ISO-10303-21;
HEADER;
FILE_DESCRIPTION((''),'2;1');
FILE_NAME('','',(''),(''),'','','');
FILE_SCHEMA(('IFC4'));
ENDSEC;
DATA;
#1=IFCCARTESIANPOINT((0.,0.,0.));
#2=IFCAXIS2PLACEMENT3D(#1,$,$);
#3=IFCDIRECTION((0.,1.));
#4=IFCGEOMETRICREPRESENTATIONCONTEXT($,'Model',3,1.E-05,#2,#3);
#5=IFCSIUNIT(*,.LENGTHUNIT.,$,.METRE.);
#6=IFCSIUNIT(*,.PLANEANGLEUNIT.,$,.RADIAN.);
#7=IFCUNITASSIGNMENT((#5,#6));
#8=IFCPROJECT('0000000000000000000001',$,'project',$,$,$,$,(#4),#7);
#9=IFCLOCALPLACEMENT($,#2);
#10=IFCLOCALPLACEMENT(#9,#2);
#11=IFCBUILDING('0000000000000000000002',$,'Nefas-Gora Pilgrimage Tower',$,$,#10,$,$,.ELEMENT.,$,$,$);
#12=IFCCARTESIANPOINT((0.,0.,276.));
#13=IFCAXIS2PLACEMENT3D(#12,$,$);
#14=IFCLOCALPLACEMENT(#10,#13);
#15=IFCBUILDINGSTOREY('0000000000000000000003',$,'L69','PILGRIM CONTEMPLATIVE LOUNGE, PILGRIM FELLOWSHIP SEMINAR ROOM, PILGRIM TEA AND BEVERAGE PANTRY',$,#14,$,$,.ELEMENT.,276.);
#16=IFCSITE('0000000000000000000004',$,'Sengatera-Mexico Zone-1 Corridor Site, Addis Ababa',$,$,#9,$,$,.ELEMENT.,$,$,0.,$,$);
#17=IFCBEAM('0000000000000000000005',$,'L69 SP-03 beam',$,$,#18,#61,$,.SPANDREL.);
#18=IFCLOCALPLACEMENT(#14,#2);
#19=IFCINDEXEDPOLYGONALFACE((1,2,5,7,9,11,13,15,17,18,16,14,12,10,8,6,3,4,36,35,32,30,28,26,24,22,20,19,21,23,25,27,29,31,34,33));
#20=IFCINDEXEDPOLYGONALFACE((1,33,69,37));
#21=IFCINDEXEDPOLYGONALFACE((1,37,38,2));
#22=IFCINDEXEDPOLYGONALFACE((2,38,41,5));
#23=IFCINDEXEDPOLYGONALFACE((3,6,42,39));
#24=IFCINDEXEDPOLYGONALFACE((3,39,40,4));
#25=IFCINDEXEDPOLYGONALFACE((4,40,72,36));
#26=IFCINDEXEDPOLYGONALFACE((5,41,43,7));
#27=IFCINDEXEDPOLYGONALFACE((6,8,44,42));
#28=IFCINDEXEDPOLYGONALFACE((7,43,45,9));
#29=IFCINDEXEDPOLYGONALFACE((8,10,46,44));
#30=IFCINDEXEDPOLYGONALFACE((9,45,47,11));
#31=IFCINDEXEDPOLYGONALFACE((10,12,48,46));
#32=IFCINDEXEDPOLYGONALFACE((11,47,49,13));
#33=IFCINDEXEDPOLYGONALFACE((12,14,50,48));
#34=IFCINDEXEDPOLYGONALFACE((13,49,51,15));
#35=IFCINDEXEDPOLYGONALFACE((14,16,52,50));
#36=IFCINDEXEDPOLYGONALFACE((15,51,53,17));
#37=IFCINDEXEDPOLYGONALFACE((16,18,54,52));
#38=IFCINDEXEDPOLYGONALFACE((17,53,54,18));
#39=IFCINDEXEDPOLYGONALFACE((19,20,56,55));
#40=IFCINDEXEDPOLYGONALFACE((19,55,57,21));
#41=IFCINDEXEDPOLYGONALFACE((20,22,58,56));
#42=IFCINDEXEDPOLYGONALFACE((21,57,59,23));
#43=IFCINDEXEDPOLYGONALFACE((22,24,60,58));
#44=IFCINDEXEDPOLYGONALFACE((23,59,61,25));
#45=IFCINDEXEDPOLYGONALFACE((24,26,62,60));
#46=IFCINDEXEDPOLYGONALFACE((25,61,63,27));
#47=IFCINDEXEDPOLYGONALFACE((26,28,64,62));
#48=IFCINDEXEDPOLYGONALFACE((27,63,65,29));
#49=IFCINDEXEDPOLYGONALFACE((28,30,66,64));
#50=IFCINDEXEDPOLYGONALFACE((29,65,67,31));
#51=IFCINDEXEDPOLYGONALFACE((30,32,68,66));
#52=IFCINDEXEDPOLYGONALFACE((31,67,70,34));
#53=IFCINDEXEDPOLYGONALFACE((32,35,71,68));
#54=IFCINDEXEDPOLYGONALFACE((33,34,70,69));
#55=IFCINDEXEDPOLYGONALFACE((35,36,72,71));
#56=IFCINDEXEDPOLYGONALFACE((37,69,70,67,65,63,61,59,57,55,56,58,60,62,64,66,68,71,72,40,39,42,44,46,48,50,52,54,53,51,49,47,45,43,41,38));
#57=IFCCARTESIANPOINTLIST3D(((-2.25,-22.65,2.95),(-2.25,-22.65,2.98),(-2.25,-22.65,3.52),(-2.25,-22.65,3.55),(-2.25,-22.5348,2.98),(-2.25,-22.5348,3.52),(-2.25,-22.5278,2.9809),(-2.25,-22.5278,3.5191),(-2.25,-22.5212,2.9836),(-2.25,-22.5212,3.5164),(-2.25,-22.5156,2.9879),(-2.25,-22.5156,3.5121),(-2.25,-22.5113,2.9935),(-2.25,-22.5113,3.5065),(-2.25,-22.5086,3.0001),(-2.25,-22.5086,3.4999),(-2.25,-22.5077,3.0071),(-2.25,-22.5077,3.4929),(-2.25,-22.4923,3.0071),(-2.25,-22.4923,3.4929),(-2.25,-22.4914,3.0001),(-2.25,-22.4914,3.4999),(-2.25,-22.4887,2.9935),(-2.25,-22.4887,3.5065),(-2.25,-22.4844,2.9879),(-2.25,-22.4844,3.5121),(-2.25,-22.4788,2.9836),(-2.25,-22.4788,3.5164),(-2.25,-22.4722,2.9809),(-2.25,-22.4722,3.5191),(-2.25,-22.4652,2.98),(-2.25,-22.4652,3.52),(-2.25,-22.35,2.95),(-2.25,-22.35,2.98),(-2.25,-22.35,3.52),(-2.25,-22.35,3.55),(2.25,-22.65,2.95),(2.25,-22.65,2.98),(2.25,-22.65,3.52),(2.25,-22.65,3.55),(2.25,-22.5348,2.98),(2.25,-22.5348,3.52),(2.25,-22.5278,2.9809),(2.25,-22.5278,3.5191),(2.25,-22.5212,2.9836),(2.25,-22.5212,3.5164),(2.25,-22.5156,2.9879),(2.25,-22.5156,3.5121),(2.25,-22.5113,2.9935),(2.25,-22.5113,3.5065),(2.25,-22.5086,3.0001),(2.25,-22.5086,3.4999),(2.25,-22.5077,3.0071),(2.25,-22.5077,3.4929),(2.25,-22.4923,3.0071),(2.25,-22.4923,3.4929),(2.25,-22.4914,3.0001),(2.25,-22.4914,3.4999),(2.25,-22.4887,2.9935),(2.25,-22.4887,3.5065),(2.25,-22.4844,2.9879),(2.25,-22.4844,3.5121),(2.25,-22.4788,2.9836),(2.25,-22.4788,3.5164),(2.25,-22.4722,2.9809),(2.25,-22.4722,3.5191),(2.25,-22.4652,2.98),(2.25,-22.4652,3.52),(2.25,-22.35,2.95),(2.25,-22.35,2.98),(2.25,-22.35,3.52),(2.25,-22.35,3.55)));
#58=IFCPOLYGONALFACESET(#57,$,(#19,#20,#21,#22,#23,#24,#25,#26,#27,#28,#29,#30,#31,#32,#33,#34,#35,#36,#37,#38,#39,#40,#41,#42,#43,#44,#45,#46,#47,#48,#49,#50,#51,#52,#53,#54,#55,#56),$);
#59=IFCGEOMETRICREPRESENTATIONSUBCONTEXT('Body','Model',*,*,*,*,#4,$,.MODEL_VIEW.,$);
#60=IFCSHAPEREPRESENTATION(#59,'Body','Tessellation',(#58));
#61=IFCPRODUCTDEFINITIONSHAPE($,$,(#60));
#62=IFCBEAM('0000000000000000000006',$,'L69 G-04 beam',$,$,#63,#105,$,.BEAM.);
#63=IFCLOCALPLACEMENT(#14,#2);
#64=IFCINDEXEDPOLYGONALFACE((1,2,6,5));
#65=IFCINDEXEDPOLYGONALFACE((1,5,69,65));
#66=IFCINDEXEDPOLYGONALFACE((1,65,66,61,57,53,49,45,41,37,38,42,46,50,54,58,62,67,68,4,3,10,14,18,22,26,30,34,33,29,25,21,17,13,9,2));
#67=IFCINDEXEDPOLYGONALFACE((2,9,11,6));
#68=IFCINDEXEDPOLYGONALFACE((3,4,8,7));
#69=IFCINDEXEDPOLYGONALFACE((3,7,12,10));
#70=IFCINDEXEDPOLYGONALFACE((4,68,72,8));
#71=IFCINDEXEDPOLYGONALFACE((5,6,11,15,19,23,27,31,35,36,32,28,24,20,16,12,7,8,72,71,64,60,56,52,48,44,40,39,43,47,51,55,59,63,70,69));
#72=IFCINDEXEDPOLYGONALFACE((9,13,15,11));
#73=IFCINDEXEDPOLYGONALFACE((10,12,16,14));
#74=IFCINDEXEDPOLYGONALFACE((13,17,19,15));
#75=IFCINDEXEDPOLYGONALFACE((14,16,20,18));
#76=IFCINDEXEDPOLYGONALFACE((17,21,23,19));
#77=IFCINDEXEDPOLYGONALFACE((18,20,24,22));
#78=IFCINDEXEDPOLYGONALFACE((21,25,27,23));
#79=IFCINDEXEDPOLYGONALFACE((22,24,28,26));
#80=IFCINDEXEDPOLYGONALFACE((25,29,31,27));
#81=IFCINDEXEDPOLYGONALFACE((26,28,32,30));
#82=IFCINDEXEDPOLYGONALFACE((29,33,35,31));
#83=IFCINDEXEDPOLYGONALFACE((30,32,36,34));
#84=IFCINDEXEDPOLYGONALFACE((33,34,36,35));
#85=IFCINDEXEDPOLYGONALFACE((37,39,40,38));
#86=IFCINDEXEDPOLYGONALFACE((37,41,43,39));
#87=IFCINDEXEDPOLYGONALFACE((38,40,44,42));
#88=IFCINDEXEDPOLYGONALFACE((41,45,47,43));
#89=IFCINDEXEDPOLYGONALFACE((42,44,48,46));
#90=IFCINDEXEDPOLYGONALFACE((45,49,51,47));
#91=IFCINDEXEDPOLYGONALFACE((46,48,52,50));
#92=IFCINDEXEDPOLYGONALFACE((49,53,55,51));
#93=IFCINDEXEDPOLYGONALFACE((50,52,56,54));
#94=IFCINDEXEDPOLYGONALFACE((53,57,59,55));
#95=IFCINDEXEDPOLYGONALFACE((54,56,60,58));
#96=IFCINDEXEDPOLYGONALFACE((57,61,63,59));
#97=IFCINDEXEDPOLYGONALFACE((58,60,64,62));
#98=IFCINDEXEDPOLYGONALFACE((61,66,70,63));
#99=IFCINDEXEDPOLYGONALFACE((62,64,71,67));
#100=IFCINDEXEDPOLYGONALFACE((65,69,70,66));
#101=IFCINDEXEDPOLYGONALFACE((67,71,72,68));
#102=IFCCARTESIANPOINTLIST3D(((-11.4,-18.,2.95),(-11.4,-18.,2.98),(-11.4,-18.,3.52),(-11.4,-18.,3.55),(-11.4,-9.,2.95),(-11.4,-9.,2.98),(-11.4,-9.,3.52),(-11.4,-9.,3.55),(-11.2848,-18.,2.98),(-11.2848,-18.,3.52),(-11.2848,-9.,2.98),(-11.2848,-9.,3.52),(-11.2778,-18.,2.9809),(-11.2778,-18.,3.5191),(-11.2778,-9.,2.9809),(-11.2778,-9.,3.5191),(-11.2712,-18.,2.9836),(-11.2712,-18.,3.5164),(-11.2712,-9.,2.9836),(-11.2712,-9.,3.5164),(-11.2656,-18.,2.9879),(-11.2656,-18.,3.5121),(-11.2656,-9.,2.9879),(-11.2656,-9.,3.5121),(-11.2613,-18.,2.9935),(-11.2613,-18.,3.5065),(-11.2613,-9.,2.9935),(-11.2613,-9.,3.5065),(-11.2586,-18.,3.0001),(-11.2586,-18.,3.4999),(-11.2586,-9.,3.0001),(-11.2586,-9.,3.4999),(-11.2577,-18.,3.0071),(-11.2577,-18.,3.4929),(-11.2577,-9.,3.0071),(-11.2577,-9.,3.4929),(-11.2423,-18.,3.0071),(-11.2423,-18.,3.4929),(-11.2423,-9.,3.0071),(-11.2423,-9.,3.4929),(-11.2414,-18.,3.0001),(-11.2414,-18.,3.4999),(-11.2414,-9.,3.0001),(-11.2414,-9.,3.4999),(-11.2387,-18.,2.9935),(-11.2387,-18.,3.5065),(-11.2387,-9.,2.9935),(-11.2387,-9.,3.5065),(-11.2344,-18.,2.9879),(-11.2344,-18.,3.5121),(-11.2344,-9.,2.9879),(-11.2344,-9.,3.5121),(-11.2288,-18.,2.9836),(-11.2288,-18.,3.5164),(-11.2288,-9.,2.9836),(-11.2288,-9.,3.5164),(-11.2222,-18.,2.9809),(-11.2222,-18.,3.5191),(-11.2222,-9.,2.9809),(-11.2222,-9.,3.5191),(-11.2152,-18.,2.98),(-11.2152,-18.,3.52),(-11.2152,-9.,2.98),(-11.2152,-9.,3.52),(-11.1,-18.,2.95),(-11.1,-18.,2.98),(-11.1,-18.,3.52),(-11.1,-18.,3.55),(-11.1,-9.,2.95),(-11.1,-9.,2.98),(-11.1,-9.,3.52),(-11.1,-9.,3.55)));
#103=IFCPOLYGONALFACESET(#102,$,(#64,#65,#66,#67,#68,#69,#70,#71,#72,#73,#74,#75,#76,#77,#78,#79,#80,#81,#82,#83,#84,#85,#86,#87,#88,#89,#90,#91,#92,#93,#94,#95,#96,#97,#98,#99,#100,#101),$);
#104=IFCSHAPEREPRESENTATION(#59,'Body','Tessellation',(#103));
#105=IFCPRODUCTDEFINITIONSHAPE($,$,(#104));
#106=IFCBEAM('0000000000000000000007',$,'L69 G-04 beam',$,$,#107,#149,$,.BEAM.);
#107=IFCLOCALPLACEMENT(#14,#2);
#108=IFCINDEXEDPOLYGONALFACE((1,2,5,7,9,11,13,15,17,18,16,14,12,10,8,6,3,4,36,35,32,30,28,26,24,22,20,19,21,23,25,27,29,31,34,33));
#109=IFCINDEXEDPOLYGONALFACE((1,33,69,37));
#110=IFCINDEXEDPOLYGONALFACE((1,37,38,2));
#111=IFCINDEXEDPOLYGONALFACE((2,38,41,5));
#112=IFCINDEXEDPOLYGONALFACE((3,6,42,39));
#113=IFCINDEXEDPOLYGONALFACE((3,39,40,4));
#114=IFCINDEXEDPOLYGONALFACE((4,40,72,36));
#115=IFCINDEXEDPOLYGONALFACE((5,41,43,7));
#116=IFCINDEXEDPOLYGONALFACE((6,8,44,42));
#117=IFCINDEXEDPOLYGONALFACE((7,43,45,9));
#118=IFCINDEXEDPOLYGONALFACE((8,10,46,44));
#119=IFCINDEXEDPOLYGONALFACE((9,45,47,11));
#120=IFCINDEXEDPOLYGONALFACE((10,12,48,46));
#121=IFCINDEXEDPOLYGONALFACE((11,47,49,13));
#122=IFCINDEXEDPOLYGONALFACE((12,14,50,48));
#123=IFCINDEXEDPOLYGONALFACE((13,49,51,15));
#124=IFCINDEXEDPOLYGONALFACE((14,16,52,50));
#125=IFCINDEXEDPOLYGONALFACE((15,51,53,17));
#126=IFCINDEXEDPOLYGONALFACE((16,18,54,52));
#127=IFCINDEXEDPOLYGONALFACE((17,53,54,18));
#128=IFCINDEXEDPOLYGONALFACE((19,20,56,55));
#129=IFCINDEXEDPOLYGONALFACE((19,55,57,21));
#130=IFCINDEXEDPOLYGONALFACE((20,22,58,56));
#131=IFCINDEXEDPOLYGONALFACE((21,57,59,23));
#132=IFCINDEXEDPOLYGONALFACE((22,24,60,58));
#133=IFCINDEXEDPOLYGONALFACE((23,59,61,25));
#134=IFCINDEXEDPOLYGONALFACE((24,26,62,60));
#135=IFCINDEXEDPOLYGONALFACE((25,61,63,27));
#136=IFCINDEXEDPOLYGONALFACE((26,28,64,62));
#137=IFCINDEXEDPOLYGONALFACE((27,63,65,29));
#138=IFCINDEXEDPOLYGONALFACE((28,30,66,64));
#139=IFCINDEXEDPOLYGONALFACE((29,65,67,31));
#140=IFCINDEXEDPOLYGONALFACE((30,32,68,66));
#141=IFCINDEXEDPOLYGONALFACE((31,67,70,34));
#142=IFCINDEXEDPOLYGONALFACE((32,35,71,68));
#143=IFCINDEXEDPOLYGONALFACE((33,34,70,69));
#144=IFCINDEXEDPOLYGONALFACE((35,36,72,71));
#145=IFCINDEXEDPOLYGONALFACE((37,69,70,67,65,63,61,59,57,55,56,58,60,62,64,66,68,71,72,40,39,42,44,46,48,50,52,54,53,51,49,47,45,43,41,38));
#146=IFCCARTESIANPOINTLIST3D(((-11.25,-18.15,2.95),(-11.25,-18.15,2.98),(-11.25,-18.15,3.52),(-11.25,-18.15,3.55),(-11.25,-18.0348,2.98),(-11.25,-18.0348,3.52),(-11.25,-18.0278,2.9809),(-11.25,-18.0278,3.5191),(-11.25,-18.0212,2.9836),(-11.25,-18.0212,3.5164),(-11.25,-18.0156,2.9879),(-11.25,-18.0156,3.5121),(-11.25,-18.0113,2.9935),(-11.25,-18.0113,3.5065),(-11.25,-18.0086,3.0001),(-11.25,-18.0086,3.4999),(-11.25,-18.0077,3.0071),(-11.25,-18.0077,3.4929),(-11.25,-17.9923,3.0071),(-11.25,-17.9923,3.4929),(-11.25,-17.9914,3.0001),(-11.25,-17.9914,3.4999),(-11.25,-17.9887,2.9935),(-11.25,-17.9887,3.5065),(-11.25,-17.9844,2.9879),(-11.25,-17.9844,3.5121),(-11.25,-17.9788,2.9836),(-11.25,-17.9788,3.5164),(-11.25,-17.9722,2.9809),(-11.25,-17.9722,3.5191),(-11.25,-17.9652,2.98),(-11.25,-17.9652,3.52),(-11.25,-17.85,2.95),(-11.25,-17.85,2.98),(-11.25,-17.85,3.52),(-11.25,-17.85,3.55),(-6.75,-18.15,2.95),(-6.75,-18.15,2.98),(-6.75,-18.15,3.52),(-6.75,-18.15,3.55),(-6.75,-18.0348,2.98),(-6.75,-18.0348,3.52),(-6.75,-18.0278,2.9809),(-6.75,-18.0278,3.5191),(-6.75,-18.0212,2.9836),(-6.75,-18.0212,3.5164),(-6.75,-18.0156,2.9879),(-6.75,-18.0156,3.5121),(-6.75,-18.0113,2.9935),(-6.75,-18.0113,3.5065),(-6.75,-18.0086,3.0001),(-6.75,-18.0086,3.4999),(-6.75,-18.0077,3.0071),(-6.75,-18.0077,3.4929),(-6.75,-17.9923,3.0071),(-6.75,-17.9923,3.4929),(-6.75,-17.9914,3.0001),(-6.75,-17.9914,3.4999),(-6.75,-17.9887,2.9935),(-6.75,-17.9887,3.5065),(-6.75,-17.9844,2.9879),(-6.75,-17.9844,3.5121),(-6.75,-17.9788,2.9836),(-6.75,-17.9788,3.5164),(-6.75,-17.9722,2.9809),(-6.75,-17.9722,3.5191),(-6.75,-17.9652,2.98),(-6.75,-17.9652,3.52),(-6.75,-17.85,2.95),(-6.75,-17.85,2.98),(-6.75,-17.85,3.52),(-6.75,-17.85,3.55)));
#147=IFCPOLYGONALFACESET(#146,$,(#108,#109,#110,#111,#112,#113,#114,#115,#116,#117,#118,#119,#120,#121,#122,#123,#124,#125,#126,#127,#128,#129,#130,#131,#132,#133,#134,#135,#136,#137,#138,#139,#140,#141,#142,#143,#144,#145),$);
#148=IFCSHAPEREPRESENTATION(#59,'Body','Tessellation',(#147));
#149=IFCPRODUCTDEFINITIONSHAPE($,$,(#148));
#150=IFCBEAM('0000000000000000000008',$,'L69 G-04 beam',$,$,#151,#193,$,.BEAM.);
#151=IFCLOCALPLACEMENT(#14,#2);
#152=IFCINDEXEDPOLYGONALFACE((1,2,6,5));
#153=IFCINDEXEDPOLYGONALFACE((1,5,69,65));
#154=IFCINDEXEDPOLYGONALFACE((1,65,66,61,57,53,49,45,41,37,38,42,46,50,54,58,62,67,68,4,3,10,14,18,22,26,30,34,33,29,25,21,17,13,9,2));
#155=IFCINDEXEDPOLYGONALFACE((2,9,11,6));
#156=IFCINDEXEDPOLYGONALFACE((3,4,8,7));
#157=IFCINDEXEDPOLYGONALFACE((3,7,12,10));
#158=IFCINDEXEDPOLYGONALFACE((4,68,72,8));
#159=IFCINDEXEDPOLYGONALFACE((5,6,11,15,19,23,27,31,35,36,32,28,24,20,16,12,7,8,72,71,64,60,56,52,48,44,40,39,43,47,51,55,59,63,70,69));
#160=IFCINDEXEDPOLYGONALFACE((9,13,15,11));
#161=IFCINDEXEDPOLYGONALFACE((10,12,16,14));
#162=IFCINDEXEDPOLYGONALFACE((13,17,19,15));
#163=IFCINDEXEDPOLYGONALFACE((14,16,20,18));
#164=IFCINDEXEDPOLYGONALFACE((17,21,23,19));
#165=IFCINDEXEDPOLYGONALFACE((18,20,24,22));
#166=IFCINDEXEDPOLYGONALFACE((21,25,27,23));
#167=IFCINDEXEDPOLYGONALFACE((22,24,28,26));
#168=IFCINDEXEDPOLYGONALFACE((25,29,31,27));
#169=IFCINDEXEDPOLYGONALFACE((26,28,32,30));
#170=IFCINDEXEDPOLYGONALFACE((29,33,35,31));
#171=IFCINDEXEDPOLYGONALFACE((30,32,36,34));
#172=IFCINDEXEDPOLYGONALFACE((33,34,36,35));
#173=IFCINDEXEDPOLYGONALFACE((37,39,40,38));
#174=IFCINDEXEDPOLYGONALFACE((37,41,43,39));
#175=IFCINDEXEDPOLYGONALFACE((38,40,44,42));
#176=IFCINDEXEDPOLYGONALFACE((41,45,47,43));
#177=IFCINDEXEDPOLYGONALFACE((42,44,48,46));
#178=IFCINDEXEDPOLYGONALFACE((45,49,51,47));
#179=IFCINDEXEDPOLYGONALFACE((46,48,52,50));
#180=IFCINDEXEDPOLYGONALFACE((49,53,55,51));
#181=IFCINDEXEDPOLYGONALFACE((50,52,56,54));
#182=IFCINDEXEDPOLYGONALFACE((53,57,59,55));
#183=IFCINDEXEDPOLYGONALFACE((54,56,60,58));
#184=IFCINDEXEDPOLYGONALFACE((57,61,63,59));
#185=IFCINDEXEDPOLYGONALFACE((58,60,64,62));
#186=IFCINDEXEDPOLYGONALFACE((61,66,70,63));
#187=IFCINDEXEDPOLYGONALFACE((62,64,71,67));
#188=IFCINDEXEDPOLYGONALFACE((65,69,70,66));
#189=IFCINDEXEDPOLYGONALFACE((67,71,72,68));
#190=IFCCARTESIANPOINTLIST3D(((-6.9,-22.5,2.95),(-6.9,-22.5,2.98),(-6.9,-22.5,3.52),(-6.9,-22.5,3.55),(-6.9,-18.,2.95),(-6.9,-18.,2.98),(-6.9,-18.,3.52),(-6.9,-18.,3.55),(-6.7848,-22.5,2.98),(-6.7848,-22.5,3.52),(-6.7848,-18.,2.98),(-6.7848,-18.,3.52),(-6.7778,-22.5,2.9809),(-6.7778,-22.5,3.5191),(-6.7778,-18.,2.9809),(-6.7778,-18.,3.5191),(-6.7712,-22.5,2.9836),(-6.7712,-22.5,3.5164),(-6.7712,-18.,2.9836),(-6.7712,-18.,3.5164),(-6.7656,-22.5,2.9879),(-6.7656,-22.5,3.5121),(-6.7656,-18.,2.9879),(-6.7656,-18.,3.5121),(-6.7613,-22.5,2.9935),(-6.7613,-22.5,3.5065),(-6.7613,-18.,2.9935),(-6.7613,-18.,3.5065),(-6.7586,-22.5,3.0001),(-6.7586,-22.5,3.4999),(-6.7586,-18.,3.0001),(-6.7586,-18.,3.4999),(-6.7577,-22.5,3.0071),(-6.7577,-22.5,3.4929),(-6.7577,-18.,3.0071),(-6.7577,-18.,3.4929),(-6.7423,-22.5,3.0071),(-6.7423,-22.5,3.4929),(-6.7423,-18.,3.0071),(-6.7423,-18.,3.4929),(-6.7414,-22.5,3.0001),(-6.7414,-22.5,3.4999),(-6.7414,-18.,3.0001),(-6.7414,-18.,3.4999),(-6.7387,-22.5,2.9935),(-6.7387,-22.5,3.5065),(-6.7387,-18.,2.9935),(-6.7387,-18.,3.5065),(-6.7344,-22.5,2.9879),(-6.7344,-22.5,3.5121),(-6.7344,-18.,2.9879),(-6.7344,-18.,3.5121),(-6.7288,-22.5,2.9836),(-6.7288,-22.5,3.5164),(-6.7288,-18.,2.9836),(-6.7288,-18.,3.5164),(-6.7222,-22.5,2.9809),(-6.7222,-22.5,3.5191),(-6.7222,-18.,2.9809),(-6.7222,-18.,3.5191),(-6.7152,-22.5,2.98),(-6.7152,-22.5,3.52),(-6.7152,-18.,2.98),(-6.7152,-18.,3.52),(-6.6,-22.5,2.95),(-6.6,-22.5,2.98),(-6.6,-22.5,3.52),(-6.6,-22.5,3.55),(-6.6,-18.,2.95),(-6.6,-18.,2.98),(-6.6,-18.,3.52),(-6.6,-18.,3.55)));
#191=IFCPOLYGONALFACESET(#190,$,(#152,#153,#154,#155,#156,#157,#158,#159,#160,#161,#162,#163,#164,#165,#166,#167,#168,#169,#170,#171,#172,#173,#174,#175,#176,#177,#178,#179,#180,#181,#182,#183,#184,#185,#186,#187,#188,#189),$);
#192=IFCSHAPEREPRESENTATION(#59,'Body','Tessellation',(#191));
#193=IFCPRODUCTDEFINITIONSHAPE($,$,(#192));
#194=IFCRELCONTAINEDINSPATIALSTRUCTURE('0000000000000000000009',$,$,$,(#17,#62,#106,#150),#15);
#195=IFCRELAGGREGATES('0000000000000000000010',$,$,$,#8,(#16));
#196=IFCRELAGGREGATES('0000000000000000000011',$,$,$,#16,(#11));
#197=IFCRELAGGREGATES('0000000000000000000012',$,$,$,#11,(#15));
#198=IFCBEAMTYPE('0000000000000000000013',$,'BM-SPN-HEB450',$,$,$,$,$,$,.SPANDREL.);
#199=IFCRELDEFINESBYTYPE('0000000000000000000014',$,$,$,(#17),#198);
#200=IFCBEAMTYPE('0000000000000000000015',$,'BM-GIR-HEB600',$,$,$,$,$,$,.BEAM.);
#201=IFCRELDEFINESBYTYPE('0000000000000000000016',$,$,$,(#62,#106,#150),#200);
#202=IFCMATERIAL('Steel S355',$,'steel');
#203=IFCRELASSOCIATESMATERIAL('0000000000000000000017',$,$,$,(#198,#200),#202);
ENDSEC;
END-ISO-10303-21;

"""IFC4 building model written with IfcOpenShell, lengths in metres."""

from ifc_helpers import new_model, si_unit, direction, frame, origin, origin_2d, place, context, subcontext, project, spatial, i_section, extrude, source, transform, mapped, material, material_profile, profile_set, type_object, element, save


model = new_model("IFC4")

# Units and contexts
model_context = context("Model", 3, precision=1e-05, world=origin(), true_north=direction((0.0, 1.0)))
body_context = subcontext(model_context, "Body", "Model", "MODEL_VIEW")
ifc_project = project(units=[si_unit("LENGTHUNIT", "METRE"), si_unit("PLANEANGLEUNIT", "RADIAN")], contexts=[model_context])

# Site, building, storey
site_placement = place(None, origin())
site = spatial("IfcSite", under=ifc_project, at=site_placement, Name="Sengatera-Mexico Zone-1 Corridor Site, Addis Ababa", CompositionType="ELEMENT", RefElevation=0.0)
building_placement = place(site_placement, origin())
building = spatial("IfcBuilding", under=site, at=building_placement, Name="Nefas-Gora Pilgrimage Tower", CompositionType="ELEMENT")
storey_placement = place(building_placement, frame((0.0, 0.0, 276.0)))
storey = spatial("IfcBuildingStorey", under=building, at=storey_placement, Name="L69", Description="PILGRIM CONTEMPLATIVE LOUNGE, PILGRIM FELLOWSHIP SEMINAR ROOM, PILGRIM TEA AND BEVERAGE PANTRY", CompositionType="ELEMENT", Elevation=276.0)

# Shared definitions
ifc_material_1 = material(Name="Steel S355", Category="steel")

# Beams
ifc_material_profile_1 = material_profile(ifc_material_1, i_section(OverallWidth=0.3, OverallDepth=0.6001, WebThickness=0.0154, FlangeThickness=0.03, FilletRadius=0.0271, at=origin_2d()), Name="HEB 600")
ifc_profile_set_1 = profile_set([ifc_material_profile_1], Name="Steel S355")
beam_type_1 = type_object("IfcBeamType", Name="BM-SPN-HEB450", PredefinedType="SPANDREL", material=ifc_profile_set_1)
shared_shape_1 = source(origin(), body_context, "Body", "SweptSolid", [
    extrude(i_section(OverallWidth=0.3, OverallDepth=0.6001, WebThickness=0.0154, FlangeThickness=0.03, FilletRadius=0.0271, at=origin_2d()), origin(), (0.0, 0.0, 1.0), 4.5),
])
for number, where, z_axis, x_axis, name in (
    (1, (-2.25, -22.5, 3.25), (1.0, 0.0, 0.0), (0.0, 1.0, 0.0), "L69 SP-03 beam"),
):
    element("IfcBeam", number, at=place(storey_placement, frame(where, z_axis=z_axis, x_axis=x_axis)), inside=storey, type_object=beam_type_1, Name=name, PredefinedType="SPANDREL", context=body_context, shape_type="MappedRepresentation", body=[
        mapped(shared_shape_1, transform((0.0, 0.0, 0.0), x_axis=(1.0, 0.0, 0.0), y_axis=(0.0, 1.0, 0.0), z_axis=(0.0, 0.0, 1.0), scale=1.0)),
    ])
ifc_material_profile_2 = material_profile(ifc_material_1, i_section(OverallWidth=0.3, OverallDepth=0.6001, WebThickness=0.0154, FlangeThickness=0.03, FilletRadius=0.0271, at=origin_2d()), Name="HEB 600")
ifc_profile_set_2 = profile_set([ifc_material_profile_2], Name="Steel S355")
beam_type_2 = type_object("IfcBeamType", Name="BM-GIR-HEB600", PredefinedType="BEAM", material=ifc_profile_set_2)
shared_shape_2 = source(origin(), body_context, "Body", "SweptSolid", [
    extrude(i_section(OverallWidth=0.3, OverallDepth=0.6001, WebThickness=0.0154, FlangeThickness=0.03, FilletRadius=0.0271, at=origin_2d()), origin(), (0.0, 0.0, 1.0), 9.0),
])
beam_1_placement = place(storey_placement, frame((-11.25, -18.0, 3.25), z_axis=(0.0, 1.0, 0.0), x_axis=(-1.0, 0.0, 0.0)))
element("IfcBeam", 2, at=beam_1_placement, inside=storey, type_object=beam_type_2, Name="L69 G-04 beam", PredefinedType="BEAM", context=body_context, shape_type="MappedRepresentation", body=[
    mapped(shared_shape_2, transform((0.0, 0.0, 0.0), x_axis=(1.0, 0.0, 0.0), y_axis=(0.0, 1.0, 0.0), z_axis=(0.0, 0.0, 1.0), scale=1.0)),
])
shared_shape_3 = source(origin(), body_context, "Body", "SweptSolid", [
    extrude(i_section(OverallWidth=0.3, OverallDepth=0.6001, WebThickness=0.0154, FlangeThickness=0.03, FilletRadius=0.0271, at=origin_2d()), origin(), (0.0, 0.0, 1.0), 4.5),
])
for number, where, z_axis, x_axis, name in (
    (3, (-11.25, -18.0, 3.25), (1.0, 0.0, 0.0), (0.0, 1.0, 0.0), "L69 G-04 beam"),
    (4, (-6.75, -22.5, 3.25), (0.0, 1.0, 0.0), (-1.0, 0.0, 0.0), "L69 G-04 beam"),
):
    element("IfcBeam", number, at=place(storey_placement, frame(where, z_axis=z_axis, x_axis=x_axis)), inside=storey, type_object=beam_type_2, Name=name, PredefinedType="BEAM", context=body_context, shape_type="MappedRepresentation", body=[
        mapped(shared_shape_3, transform((0.0, 0.0, 0.0), x_axis=(1.0, 0.0, 0.0), y_axis=(0.0, 1.0, 0.0), z_axis=(0.0, 0.0, 1.0), scale=1.0)),
    ])

save(model, "model.ifc")
